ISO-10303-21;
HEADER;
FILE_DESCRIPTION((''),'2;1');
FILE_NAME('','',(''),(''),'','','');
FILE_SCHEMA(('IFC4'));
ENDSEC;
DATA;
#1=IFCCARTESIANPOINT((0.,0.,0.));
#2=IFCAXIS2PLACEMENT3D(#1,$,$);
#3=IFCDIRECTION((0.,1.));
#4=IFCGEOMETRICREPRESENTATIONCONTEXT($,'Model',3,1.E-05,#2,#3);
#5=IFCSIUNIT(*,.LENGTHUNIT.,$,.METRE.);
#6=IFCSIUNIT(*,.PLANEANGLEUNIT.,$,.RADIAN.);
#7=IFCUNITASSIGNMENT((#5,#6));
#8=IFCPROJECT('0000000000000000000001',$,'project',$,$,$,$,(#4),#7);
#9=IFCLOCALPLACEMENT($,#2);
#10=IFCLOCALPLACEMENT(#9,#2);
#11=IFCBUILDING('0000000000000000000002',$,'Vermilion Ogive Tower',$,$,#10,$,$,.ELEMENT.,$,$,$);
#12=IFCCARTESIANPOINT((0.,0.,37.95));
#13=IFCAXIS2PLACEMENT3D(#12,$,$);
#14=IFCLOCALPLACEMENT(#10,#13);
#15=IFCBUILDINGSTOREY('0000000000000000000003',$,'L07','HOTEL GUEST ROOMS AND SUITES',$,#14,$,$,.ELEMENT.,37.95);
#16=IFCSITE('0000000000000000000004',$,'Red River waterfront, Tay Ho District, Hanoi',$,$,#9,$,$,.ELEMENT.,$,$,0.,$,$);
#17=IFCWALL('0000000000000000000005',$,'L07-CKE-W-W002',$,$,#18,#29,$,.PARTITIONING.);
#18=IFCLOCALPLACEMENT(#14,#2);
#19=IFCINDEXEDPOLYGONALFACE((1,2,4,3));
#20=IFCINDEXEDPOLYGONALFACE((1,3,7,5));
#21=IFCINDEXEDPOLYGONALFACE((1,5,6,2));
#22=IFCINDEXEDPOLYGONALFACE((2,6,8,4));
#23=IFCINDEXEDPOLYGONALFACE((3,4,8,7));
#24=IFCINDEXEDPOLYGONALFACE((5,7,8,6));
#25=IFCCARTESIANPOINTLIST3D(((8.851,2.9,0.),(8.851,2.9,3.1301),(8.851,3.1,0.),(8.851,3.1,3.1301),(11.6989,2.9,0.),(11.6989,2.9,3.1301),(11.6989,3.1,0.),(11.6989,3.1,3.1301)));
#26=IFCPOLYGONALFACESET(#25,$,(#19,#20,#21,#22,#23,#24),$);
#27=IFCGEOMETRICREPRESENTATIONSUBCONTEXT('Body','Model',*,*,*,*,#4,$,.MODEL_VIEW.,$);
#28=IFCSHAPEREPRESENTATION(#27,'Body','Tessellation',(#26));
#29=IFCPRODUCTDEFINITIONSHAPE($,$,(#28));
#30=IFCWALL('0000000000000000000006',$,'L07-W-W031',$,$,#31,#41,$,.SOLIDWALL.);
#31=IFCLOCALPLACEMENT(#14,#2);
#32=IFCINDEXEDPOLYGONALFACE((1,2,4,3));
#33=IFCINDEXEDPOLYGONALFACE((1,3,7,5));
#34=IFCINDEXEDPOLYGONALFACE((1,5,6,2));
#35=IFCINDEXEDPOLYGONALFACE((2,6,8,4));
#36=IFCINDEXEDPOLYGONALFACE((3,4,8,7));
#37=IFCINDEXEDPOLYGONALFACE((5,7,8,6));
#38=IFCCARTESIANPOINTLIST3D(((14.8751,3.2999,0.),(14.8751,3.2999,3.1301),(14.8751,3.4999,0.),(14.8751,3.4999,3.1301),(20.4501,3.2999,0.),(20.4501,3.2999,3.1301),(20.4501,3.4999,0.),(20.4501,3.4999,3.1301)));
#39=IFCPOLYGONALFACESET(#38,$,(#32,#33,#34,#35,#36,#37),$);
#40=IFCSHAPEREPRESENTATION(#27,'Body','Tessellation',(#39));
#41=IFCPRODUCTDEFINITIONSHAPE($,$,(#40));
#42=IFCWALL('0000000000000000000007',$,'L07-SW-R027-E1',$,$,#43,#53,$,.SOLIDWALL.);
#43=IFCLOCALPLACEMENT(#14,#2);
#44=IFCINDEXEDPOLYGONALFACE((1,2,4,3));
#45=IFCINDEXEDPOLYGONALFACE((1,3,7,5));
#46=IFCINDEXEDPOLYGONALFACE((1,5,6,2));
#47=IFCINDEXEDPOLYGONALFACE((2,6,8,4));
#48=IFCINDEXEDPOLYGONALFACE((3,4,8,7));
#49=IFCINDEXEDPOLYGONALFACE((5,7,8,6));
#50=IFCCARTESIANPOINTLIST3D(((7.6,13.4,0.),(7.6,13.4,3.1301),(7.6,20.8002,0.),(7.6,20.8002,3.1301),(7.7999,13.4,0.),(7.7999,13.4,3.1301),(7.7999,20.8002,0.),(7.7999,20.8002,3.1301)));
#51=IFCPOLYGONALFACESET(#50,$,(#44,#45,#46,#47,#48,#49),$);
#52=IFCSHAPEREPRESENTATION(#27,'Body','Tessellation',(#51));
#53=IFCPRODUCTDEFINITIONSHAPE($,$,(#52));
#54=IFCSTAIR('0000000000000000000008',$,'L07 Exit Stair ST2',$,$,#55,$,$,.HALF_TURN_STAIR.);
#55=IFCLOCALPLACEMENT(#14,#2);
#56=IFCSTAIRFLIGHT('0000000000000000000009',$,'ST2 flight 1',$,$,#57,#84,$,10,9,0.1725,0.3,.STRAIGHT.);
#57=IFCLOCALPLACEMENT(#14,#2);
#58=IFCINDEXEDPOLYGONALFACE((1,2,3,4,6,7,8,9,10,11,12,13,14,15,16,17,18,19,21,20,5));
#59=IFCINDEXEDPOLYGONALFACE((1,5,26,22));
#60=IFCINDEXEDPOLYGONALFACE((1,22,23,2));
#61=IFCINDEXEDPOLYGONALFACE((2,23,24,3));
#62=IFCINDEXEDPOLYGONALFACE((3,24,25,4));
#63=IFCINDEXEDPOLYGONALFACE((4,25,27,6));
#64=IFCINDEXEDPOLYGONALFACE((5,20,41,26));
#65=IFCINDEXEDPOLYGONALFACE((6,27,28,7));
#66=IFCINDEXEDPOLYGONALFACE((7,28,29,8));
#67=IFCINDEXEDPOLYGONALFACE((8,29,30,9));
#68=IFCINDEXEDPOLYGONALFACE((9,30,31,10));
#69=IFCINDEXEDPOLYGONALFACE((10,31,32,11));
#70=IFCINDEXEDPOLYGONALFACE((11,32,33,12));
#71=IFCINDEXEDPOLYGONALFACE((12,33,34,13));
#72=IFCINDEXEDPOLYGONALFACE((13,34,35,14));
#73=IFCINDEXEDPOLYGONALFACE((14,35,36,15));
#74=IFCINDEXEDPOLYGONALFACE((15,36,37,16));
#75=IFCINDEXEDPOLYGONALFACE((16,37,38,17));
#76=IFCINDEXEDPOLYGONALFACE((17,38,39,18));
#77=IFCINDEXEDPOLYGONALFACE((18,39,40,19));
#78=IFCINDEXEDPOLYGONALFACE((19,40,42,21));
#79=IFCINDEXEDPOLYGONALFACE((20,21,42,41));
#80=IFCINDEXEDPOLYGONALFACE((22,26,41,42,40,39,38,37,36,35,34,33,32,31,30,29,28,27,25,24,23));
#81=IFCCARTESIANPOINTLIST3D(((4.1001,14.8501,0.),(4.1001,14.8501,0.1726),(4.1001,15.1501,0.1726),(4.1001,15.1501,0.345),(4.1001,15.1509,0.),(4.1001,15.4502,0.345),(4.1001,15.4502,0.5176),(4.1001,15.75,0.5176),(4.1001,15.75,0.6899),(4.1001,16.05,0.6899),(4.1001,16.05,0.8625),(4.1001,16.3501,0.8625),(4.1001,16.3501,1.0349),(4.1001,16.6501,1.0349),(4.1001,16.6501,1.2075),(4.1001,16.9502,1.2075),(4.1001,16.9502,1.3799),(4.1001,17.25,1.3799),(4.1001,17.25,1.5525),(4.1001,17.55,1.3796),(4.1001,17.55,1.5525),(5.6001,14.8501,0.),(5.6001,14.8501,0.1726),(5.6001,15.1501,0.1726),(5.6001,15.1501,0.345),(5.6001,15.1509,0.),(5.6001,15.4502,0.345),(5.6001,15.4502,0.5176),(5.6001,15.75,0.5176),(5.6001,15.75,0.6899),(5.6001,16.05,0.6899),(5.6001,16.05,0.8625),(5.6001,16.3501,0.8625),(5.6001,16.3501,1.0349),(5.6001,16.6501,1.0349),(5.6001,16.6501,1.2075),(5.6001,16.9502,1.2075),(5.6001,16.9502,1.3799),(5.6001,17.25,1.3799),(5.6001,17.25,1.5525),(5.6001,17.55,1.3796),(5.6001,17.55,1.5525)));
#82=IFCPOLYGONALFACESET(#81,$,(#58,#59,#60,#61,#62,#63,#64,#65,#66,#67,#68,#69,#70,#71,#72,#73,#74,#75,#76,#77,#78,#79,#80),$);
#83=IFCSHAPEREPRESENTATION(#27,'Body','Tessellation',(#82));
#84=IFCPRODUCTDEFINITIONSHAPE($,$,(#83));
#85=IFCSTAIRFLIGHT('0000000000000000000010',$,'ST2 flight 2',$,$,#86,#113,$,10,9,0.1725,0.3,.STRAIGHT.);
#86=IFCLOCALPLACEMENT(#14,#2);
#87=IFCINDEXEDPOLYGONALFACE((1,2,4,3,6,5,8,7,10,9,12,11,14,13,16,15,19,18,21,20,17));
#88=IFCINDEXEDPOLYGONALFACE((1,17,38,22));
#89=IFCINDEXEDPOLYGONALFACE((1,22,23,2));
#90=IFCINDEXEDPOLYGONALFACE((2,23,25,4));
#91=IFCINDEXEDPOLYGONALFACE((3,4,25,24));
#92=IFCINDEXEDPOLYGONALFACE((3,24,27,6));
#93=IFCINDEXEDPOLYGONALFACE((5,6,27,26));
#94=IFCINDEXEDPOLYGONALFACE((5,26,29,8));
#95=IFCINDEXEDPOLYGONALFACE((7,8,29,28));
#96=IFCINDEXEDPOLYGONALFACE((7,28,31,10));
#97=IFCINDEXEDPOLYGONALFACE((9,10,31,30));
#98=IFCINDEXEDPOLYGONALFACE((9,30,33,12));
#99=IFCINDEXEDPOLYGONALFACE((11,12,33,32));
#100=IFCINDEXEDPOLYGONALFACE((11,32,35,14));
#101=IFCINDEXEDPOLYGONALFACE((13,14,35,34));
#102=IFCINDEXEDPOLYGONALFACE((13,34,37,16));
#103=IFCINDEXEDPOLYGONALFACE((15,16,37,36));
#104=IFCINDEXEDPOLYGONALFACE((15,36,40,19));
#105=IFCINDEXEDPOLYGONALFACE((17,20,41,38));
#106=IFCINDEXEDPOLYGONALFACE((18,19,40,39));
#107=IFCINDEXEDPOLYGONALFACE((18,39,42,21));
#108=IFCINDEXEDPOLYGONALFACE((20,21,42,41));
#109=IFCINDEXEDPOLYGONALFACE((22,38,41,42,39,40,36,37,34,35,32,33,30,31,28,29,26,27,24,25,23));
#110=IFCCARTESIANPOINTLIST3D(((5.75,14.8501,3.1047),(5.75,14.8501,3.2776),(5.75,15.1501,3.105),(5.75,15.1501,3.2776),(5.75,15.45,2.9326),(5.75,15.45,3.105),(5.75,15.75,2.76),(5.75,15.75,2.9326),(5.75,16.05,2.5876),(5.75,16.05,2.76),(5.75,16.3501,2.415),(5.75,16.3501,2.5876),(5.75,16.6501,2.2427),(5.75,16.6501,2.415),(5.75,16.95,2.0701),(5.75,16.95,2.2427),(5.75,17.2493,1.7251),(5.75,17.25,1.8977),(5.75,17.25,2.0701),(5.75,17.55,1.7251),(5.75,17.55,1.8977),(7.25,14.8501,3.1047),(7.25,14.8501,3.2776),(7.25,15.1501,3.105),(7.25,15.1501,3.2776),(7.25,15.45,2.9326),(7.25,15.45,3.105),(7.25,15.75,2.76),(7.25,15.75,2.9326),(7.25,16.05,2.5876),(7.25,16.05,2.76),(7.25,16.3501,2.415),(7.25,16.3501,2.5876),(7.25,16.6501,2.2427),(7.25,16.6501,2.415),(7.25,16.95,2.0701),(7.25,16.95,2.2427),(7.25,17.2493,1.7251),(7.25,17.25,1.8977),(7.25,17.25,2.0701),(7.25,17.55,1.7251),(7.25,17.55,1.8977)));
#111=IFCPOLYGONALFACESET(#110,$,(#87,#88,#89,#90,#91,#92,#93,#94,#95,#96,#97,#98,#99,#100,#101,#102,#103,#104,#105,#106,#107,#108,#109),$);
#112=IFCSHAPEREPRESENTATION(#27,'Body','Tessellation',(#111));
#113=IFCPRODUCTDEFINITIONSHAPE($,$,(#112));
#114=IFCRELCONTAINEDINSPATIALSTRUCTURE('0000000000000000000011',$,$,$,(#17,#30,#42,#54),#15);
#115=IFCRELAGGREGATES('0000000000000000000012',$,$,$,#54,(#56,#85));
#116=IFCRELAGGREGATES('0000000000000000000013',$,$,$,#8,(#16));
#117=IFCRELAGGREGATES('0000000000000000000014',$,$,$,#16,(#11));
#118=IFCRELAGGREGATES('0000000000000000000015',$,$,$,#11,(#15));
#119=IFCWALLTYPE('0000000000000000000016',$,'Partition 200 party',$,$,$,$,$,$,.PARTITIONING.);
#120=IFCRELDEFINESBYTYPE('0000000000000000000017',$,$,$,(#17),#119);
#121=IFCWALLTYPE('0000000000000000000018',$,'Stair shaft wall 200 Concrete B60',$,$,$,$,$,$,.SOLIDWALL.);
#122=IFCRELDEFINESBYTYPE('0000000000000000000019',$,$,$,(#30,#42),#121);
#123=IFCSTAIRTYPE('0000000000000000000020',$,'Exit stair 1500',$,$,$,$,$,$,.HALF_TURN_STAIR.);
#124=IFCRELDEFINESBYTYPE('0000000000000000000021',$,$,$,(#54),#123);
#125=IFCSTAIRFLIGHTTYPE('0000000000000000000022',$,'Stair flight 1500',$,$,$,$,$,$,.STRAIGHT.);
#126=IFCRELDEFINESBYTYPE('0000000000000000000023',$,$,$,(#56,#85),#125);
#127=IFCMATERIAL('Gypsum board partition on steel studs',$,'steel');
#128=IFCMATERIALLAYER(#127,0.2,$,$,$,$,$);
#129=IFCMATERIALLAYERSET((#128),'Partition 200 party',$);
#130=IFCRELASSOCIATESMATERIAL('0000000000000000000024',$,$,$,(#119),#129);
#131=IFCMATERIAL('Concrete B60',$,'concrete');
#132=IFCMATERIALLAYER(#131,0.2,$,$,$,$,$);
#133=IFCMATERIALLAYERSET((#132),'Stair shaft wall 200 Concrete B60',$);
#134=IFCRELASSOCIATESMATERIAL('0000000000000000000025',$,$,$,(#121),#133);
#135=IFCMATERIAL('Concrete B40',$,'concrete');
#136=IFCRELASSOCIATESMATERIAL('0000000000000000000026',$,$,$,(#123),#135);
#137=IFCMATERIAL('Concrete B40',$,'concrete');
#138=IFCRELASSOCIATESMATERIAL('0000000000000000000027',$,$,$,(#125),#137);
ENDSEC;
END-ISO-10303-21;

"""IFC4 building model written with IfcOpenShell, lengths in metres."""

from ifc_helpers import new_model, si_unit, direction, frame, frame_2d, origin, place, context, subcontext, project, spatial, polyline, rectangle, outline, extrude, material, layer, layer_set, type_object, element, aggregate, save


model = new_model("IFC4")

# Units and contexts
model_context = context("Model", 3, precision=1e-05, world=origin(), true_north=direction((0.0, 1.0)))
body_context = subcontext(model_context, "Body", "Model", "MODEL_VIEW")
ifc_project = project(units=[si_unit("LENGTHUNIT", "METRE"), si_unit("PLANEANGLEUNIT", "RADIAN")], contexts=[model_context])

# Site, building, storey
site_placement = place(None, origin())
site = spatial("IfcSite", under=ifc_project, at=site_placement, Name="Red River waterfront, Tay Ho District, Hanoi", CompositionType="ELEMENT", RefElevation=0.0)
building_placement = place(site_placement, origin())
building = spatial("IfcBuilding", under=site, at=building_placement, Name="Vermilion Ogive Tower", CompositionType="ELEMENT")
storey_placement = place(building_placement, frame((0.0, 0.0, 37.95)))
storey = spatial("IfcBuildingStorey", under=building, at=storey_placement, Name="L07", Description="HOTEL GUEST ROOMS AND SUITES", CompositionType="ELEMENT", Elevation=37.95)

# Walls
ifc_material_1 = material(Name="Gypsum board partition on steel studs", Category="steel")
ifc_layer_1 = layer(ifc_material_1, 0.2)
ifc_layer_set_1 = layer_set([ifc_layer_1], Name="Partition 200 party")
wall_type_1 = type_object("IfcWallType", Name="Partition 200 party", PredefinedType="PARTITIONING", material=ifc_layer_set_1)
wall_1_placement = place(storey_placement, frame((8.8511, 3.0, 0.0), z_axis=(0.0, 0.0, 1.0), x_axis=(1.0, 0.0, 0.0)))
element("IfcWall", 1, at=wall_1_placement, inside=storey, type_object=wall_type_1, Name="L07-CKE-W-W002", PredefinedType="PARTITIONING", context=body_context, shape_type="SweptSolid", body=[
    extrude(rectangle(XDim=2.8479, YDim=0.2, at=frame_2d((1.4238, 0.0))), origin(), (0.0, 0.0, 1.0), 3.1301),
])
ifc_material_2 = material(Name="Concrete B60", Category="concrete")
ifc_layer_2 = layer(ifc_material_2, 0.2)
ifc_layer_set_2 = layer_set([ifc_layer_2], Name="Stair shaft wall 200 Concrete B60")
wall_type_2 = type_object("IfcWallType", Name="Stair shaft wall 200 Concrete B60", PredefinedType="SOLIDWALL", material=ifc_layer_set_2)
wall_2_placement = place(storey_placement, frame((14.875, 3.3999, 0.0), z_axis=(0.0, 0.0, 1.0), x_axis=(1.0, 0.0, 0.0)))
element("IfcWall", 2, at=wall_2_placement, inside=storey, type_object=wall_type_2, Name="L07-W-W031", PredefinedType="SOLIDWALL", context=body_context, shape_type="SweptSolid", body=[
    extrude(rectangle(XDim=5.575, YDim=0.2, at=frame_2d((2.7876, 0.0))), origin(), (0.0, 0.0, 1.0), 3.1301),
])
wall_3_placement = place(storey_placement, frame((7.7, 13.3999, 0.0), z_axis=(0.0, 0.0, 1.0), x_axis=(0.0, 1.0, 0.0)))
element("IfcWall", 3, at=wall_3_placement, inside=storey, type_object=wall_type_2, Name="L07-SW-R027-E1", PredefinedType="SOLIDWALL", context=body_context, shape_type="SweptSolid", body=[
    extrude(rectangle(XDim=7.4001, YDim=0.2, at=frame_2d((3.7002, 0.0))), origin(), (0.0, 0.0, 1.0), 3.1301),
])

# Stair, stair flights
ifc_material_3 = material(Name="Concrete B40", Category="concrete")
stair_type = type_object("IfcStairType", Name="Exit stair 1500", PredefinedType="HALF_TURN_STAIR", material=ifc_material_3)
stair_placement = place(storey_placement, origin())
stair = element("IfcStair", 4, at=stair_placement, inside=storey, type_object=stair_type, Name="L07 Exit Stair ST2", PredefinedType="HALF_TURN_STAIR")
ifc_material_4 = material(Name="Concrete B40", Category="concrete")
stair_flight_type = type_object("IfcStairFlightType", Name="Stair flight 1500", PredefinedType="STRAIGHT", material=ifc_material_4)
stair_flight_1_placement = place(storey_placement, frame((4.8501, 14.8501, 0.0), z_axis=(0.0, 0.0, 1.0), x_axis=(0.0, 1.0, 0.0)))
stair_flight_1 = element("IfcStairFlight", 5, at=stair_flight_1_placement, type_object=stair_flight_type, Name="ST2 flight 1", NumberOfRisers=10, NumberOfTreads=9, PredefinedType="STRAIGHT", RiserHeight=0.1725, TreadLength=0.3, context=body_context, shape_type="SweptSolid", body=[
    extrude(outline(polyline([(0.0, 0.0), (0.0, 0.1726), (0.3, 0.1726), (0.3, 0.345), (0.6001, 0.345), (0.6001, 0.5176), (0.8999, 0.5176), (0.8999, 0.6899), (1.2, 0.6899), (1.2, 0.8625), (1.5, 0.8625), (1.5, 1.0349), (1.8, 1.0349), (1.8, 1.2075), (2.1001, 1.2075), (2.1001, 1.3799), (2.3999, 1.3799), (2.3999, 1.5525), (2.7, 1.5525), (2.7, 1.7251), (2.7, 1.3796), (0.3008, 0.0), (0.0, 0.0)])), frame((0.0, 0.75, 0.0), z_axis=(0.0, -1.0, 0.0), x_axis=(1.0, 0.0, 0.0)), (0.0, 0.0, 1.0), 1.5),
])
stair_flight_2_placement = place(storey_placement, frame((6.5, 17.55, 1.7251), z_axis=(0.0, 0.0, 1.0), x_axis=(0.0, -1.0, 0.0)))
stair_flight_2 = element("IfcStairFlight", 6, at=stair_flight_2_placement, type_object=stair_flight_type, Name="ST2 flight 2", NumberOfRisers=10, NumberOfTreads=9, PredefinedType="STRAIGHT", RiserHeight=0.1725, TreadLength=0.3, context=body_context, shape_type="SweptSolid", body=[
    extrude(outline(polyline([(0.0, 0.0), (0.0, 0.1726), (0.3, 0.1726), (0.3, 0.345), (0.6001, 0.345), (0.6001, 0.5176), (0.8999, 0.5176), (0.8999, 0.6899), (1.2, 0.6899), (1.2, 0.8625), (1.5, 0.8625), (1.5, 1.0349), (1.8, 1.0349), (1.8, 1.2075), (2.1001, 1.2075), (2.1001, 1.3799), (2.3999, 1.3799), (2.3999, 1.5525), (2.7, 1.5525), (2.7, 1.7251), (2.7, 1.3796), (0.3008, 0.0), (0.0, 0.0)])), frame((0.0, 0.75, 0.0), z_axis=(0.0, -1.0, 0.0), x_axis=(1.0, 0.0, 0.0)), (0.0, 0.0, 1.0), 1.5),
])
aggregate(stair, [stair_flight_1, stair_flight_2])

save(model, "model.ifc")
